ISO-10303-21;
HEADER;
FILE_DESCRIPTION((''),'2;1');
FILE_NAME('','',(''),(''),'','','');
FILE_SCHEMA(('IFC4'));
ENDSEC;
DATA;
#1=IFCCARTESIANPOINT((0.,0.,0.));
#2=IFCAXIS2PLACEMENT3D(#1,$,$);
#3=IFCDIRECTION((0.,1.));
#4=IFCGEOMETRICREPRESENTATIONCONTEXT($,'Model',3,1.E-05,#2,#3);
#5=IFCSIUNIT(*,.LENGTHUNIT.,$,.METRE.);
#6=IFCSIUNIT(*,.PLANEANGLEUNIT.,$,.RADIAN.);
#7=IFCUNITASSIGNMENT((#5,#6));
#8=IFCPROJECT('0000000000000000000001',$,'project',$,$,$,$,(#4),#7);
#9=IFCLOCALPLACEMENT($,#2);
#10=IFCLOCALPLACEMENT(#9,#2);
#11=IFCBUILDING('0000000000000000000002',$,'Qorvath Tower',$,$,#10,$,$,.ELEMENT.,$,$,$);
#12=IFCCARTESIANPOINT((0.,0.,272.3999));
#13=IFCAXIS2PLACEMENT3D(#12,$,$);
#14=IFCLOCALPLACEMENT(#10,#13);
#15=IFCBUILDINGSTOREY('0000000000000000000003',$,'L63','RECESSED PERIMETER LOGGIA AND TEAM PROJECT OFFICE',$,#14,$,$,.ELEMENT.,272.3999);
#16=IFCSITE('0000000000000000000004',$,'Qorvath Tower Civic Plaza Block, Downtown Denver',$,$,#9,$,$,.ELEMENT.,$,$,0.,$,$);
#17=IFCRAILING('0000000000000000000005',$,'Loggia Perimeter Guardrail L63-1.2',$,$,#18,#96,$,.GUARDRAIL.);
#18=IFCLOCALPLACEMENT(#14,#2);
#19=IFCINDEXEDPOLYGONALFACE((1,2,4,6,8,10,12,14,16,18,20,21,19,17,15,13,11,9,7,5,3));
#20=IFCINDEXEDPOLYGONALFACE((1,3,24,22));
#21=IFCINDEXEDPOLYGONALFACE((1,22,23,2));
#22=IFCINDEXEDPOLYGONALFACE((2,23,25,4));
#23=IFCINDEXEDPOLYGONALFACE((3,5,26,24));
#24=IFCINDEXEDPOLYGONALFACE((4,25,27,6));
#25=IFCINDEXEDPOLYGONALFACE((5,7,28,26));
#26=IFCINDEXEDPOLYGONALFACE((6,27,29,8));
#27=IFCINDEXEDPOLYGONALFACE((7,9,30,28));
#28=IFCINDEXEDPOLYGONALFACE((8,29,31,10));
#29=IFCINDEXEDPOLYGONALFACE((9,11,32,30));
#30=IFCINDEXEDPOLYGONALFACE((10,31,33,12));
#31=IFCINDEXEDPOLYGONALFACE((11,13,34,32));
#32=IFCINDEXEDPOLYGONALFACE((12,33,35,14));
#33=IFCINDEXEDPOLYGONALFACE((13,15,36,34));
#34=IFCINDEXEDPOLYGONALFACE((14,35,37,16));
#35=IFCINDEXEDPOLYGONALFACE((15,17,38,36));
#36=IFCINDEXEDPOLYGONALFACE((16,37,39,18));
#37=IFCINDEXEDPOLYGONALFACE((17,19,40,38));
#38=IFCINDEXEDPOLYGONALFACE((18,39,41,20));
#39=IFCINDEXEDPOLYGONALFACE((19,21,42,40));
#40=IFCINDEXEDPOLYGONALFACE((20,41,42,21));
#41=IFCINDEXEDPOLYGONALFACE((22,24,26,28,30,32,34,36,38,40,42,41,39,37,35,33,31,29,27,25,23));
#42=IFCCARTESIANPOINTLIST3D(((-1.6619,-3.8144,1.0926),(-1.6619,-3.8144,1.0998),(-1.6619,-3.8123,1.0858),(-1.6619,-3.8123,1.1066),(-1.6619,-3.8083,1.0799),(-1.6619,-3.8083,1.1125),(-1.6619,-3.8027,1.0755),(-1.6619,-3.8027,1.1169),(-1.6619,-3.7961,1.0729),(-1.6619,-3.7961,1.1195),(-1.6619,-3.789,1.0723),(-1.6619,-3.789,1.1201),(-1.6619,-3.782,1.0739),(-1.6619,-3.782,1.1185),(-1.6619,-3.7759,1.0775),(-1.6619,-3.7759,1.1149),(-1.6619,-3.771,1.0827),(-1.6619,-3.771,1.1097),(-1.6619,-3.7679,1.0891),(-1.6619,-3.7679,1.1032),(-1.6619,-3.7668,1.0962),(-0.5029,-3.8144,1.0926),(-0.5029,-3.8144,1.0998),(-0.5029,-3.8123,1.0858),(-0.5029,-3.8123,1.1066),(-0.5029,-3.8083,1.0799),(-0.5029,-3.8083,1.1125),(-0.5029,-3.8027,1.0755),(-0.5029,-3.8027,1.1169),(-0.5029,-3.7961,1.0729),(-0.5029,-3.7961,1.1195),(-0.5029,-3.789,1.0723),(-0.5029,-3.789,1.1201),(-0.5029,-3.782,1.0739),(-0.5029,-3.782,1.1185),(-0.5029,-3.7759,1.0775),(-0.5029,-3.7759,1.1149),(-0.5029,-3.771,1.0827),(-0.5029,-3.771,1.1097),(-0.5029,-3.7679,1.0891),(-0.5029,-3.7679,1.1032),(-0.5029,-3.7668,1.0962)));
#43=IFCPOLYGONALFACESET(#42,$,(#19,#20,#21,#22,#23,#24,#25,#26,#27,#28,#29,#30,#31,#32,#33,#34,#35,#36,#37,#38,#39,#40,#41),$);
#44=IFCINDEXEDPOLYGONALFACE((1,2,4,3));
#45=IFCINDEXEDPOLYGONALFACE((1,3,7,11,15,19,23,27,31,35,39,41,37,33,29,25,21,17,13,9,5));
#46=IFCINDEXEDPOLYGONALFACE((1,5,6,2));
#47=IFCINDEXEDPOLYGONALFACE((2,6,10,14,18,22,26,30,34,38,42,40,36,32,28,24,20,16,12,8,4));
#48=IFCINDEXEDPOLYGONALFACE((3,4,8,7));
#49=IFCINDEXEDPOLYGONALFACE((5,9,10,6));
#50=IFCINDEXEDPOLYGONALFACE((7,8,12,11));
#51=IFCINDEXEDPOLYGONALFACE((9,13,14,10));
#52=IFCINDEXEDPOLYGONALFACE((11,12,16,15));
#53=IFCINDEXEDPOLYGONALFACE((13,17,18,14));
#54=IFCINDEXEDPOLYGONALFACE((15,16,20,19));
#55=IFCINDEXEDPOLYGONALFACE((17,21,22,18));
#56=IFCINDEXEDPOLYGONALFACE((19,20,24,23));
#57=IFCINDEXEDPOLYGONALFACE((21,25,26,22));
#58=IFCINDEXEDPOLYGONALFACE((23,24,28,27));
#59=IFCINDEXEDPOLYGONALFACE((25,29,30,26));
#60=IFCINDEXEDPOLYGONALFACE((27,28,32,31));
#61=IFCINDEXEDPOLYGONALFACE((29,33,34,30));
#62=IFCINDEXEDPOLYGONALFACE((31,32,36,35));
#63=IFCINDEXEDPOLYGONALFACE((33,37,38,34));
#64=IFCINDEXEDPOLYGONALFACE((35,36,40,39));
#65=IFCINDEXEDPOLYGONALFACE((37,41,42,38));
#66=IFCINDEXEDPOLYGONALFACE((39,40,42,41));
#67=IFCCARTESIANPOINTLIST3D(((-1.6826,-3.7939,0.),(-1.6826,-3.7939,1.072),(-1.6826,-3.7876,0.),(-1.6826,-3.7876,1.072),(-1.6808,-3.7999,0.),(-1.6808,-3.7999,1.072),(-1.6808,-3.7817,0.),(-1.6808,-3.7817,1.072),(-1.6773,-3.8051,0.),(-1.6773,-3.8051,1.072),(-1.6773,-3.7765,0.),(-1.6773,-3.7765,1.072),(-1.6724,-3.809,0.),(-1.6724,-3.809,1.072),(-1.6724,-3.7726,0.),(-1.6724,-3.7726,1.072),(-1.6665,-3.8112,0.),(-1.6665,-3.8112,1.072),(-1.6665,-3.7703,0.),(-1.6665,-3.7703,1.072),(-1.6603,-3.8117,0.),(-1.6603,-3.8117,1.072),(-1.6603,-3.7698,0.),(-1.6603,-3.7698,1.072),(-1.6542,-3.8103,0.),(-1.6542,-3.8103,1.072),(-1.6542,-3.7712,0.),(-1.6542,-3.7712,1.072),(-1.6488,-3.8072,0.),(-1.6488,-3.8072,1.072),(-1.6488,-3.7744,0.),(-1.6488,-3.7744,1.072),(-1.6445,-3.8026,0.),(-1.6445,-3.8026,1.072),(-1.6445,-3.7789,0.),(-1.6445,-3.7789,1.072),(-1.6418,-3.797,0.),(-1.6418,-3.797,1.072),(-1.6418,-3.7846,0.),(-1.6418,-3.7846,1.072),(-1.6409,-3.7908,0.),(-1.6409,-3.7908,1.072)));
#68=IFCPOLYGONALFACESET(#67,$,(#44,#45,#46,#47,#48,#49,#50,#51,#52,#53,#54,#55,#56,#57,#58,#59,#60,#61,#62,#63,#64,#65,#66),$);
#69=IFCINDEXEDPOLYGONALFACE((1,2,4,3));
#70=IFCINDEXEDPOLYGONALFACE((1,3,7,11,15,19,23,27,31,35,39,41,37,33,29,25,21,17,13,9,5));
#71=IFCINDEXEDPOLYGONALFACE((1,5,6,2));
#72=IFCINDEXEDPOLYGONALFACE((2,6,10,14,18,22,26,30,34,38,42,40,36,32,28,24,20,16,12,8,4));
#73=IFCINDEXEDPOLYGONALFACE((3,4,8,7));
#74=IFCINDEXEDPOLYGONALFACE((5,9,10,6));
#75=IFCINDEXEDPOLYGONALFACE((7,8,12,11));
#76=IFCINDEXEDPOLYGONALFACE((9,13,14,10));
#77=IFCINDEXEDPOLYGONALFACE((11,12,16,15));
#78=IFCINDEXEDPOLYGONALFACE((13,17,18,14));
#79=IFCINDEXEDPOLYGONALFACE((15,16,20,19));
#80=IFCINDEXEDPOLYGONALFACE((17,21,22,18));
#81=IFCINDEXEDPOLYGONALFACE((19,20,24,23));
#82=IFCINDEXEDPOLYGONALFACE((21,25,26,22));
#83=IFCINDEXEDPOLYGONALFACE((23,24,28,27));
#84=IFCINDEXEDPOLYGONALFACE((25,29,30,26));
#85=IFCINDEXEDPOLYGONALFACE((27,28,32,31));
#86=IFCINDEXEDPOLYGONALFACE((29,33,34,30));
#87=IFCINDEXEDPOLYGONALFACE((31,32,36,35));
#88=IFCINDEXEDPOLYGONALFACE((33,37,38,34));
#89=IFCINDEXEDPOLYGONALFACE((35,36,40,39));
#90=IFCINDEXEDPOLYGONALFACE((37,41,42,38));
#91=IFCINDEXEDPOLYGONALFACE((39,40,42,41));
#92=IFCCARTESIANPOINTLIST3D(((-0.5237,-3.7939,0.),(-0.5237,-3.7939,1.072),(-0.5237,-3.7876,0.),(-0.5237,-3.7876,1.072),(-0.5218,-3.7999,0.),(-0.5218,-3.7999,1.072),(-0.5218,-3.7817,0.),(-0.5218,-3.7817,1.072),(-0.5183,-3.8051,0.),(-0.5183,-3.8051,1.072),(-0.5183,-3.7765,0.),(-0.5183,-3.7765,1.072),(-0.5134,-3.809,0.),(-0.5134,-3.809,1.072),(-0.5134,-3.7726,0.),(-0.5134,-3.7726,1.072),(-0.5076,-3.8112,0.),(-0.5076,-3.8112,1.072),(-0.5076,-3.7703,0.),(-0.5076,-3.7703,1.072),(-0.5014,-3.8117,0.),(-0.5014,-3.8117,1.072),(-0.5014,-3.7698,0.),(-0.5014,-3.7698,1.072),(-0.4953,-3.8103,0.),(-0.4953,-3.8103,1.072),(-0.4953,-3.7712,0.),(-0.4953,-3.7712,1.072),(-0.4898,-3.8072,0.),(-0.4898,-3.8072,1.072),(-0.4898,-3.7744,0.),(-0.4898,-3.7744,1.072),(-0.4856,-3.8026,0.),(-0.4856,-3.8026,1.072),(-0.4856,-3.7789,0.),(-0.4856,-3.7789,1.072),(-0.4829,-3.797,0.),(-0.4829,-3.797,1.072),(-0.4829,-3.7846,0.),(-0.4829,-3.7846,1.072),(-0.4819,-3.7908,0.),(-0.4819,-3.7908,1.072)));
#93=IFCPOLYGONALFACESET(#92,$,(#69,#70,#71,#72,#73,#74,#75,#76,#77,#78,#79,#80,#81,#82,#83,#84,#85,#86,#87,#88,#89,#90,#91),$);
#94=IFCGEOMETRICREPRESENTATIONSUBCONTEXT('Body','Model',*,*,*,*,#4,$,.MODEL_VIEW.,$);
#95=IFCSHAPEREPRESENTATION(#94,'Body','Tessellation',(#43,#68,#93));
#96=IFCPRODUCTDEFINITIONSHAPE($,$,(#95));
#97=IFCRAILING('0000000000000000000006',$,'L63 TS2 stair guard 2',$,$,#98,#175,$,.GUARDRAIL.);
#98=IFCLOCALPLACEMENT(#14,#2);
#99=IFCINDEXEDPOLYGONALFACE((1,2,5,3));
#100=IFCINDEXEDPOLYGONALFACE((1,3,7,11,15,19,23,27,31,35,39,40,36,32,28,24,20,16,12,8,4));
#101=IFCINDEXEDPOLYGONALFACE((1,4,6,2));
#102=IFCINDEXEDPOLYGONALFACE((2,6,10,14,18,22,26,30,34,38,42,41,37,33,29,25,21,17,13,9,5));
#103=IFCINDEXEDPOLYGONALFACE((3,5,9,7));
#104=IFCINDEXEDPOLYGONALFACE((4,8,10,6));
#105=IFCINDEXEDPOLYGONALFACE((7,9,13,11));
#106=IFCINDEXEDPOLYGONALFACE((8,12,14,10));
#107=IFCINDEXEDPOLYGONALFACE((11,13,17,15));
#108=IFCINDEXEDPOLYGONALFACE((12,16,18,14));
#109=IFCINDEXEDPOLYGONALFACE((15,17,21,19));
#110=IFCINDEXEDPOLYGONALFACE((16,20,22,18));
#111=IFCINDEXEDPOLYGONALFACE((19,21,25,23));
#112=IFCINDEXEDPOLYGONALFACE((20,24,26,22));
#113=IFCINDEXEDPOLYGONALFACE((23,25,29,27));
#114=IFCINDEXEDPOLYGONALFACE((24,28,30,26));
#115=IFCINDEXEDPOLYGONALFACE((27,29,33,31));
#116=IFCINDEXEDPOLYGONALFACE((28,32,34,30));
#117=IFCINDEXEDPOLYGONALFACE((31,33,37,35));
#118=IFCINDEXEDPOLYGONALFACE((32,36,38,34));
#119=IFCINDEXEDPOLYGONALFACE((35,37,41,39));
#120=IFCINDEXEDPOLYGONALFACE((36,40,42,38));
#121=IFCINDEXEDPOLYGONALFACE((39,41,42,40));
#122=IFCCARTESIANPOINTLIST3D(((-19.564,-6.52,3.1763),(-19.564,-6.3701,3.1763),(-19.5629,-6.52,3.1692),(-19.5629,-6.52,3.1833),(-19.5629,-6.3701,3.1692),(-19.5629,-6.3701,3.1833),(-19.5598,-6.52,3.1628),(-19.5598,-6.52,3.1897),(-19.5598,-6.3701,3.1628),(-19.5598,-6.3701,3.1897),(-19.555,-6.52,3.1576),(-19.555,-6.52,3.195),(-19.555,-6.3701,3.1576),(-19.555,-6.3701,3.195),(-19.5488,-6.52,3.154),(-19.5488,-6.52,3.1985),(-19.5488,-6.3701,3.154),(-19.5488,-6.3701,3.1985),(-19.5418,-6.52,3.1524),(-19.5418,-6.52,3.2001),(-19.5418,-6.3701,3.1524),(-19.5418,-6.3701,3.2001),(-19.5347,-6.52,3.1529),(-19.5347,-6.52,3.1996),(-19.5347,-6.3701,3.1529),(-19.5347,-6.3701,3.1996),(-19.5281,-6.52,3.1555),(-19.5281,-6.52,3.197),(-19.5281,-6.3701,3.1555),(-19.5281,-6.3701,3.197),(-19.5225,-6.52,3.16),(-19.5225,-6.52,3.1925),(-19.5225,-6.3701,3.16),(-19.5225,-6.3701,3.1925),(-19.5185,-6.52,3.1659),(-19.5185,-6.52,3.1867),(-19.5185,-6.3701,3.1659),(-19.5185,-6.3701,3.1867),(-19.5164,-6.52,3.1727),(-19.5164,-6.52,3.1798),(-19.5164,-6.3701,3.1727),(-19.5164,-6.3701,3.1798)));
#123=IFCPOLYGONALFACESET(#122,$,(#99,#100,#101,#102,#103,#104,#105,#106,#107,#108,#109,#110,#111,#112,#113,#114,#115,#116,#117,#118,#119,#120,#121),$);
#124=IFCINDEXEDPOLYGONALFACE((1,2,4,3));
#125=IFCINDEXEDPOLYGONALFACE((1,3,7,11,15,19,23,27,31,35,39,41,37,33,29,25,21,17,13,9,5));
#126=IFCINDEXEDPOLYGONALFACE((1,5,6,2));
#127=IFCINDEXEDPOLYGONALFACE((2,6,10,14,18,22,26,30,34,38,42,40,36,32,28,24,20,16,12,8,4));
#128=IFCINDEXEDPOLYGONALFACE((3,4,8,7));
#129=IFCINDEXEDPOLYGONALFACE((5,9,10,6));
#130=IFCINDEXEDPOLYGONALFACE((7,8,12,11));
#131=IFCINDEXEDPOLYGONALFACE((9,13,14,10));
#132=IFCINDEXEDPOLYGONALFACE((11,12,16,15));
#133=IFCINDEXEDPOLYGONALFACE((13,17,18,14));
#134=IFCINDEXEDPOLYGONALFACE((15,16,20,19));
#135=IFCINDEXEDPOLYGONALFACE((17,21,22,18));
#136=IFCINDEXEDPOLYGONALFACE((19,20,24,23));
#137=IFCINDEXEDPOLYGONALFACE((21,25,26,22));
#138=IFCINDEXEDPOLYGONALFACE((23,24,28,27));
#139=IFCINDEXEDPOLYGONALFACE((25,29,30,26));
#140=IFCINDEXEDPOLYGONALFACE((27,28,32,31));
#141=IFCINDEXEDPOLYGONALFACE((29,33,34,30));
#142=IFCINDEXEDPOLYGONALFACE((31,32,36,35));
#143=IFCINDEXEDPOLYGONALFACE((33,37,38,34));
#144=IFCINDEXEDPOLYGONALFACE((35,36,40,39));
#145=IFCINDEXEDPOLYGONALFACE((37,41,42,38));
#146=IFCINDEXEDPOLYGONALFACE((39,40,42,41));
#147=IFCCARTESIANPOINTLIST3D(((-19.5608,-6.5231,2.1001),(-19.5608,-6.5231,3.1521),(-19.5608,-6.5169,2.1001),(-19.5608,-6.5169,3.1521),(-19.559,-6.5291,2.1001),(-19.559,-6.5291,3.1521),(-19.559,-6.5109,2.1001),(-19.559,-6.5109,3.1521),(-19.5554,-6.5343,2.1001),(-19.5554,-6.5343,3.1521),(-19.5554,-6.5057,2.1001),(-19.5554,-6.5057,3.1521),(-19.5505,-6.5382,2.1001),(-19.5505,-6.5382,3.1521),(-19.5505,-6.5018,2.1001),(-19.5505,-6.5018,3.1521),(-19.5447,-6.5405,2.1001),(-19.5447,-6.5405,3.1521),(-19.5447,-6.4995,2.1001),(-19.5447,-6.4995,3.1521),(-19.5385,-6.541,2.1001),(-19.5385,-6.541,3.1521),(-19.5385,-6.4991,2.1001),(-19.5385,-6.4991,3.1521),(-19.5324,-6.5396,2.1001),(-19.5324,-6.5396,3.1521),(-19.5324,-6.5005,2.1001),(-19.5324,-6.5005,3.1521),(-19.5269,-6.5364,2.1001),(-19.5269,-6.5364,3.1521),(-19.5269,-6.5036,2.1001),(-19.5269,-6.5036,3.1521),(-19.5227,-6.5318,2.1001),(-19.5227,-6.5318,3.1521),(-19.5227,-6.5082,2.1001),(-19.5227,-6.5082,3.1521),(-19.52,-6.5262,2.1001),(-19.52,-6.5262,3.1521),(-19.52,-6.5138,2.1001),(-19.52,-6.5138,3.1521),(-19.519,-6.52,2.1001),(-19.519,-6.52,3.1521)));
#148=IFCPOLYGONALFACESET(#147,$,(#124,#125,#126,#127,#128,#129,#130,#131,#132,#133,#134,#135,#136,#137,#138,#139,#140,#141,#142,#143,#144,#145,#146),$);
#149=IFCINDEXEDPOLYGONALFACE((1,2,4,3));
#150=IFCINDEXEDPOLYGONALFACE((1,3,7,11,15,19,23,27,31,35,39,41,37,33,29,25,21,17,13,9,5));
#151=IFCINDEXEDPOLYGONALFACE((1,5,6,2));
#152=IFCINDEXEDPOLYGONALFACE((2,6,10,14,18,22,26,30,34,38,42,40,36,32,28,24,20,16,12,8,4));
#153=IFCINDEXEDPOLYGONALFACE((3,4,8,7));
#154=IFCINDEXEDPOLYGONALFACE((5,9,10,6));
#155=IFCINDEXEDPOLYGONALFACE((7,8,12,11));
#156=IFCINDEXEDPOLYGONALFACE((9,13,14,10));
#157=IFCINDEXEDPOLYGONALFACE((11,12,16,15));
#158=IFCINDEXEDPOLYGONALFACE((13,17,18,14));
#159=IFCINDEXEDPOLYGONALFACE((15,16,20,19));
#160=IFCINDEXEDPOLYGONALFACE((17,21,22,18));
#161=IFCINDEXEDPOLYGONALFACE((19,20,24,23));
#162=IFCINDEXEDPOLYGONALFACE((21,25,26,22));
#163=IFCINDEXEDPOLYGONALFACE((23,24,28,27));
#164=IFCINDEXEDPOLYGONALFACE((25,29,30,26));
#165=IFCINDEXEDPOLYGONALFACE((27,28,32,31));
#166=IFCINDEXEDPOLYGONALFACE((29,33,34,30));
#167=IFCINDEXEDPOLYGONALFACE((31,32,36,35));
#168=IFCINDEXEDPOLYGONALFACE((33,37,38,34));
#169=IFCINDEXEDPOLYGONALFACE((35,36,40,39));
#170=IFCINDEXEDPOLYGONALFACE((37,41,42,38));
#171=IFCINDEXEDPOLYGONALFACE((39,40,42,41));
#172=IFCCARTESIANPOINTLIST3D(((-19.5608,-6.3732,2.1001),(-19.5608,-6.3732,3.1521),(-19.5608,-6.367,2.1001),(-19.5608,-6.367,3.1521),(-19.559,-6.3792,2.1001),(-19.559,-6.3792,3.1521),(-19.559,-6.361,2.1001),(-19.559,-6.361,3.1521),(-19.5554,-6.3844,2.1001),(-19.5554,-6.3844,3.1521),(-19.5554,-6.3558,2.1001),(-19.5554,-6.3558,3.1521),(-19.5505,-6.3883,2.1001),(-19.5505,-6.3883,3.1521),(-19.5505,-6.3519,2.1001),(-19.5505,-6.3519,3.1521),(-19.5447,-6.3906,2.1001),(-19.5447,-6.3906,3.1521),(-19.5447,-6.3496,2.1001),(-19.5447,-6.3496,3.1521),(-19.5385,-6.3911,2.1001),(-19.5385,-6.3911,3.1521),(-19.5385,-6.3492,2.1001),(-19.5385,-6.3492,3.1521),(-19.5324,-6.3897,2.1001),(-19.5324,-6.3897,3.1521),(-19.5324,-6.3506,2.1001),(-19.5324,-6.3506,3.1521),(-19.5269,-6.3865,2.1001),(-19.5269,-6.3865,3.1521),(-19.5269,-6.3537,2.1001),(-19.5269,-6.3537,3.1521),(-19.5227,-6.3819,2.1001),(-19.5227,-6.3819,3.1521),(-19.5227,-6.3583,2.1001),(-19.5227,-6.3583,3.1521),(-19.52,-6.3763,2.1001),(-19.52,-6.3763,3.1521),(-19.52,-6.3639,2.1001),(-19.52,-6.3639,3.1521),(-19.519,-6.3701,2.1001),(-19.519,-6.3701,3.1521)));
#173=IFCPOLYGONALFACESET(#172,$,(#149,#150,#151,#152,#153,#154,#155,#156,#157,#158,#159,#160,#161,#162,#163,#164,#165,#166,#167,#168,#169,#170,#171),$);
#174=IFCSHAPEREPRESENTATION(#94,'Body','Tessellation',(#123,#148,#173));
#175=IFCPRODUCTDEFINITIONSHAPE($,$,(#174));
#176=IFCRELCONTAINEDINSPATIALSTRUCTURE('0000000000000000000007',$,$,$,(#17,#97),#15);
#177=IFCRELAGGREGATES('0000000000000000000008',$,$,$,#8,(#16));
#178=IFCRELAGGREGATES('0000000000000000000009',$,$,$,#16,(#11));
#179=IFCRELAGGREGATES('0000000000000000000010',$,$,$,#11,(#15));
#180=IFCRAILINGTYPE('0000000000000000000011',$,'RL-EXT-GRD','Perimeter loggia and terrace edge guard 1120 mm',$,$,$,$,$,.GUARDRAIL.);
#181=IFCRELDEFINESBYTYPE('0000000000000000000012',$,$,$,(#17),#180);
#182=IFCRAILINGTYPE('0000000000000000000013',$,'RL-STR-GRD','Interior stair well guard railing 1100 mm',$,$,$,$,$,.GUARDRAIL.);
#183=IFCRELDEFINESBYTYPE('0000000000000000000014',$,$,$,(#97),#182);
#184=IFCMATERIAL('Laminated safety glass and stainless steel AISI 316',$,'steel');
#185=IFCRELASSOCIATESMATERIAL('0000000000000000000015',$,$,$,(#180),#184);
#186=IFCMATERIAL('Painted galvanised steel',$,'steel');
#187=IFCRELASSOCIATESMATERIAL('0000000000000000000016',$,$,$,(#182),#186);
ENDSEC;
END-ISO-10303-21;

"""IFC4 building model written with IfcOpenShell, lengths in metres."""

from ifc_helpers import new_model, si_unit, direction, frame, origin, origin_2d, place, context, subcontext, project, spatial, circle, extrude, material, type_object, element, save


model = new_model("IFC4")

# Units and contexts
model_context = context("Model", 3, precision=1e-05, world=origin(), true_north=direction((0.0, 1.0)))
body_context = subcontext(model_context, "Body", "Model", "MODEL_VIEW")
ifc_project = project(units=[si_unit("LENGTHUNIT", "METRE"), si_unit("PLANEANGLEUNIT", "RADIAN")], contexts=[model_context])

# Site, building, storey
site_placement = place(None, origin())
site = spatial("IfcSite", under=ifc_project, at=site_placement, Name="Qorvath Tower Civic Plaza Block, Downtown Denver", CompositionType="ELEMENT", RefElevation=0.0)
building_placement = place(site_placement, origin())
building = spatial("IfcBuilding", under=site, at=building_placement, Name="Qorvath Tower", CompositionType="ELEMENT")
storey_placement = place(building_placement, frame((0.0, 0.0, 272.3999)))
storey = spatial("IfcBuildingStorey", under=building, at=storey_placement, Name="L63", Description="RECESSED PERIMETER LOGGIA AND TEAM PROJECT OFFICE", CompositionType="ELEMENT", Elevation=272.3999)

# Railings
ifc_material_1 = material(Name="Laminated safety glass and stainless steel AISI 316", Category="steel")
railing_type_1 = type_object("IfcRailingType", Name="RL-EXT-GRD", Description="Perimeter loggia and terrace edge guard 1120 mm", PredefinedType="GUARDRAIL", material=ifc_material_1)
railing_1_placement = place(storey_placement, frame((-1.6619, -3.7908, 0.0)))
element("IfcRailing", 1, at=railing_1_placement, inside=storey, type_object=railing_type_1, Name="Loggia Perimeter Guardrail L63-1.2", PredefinedType="GUARDRAIL", context=body_context, shape_type="SweptSolid", body=[
    extrude(circle(Radius=0.0239, at=origin_2d()), frame((0.0, 0.0, 1.0962), z_axis=(1.0, 0.0, 0.0), x_axis=(0.0, 1.0, 0.0)), (0.0, 0.0, 1.0), 1.1589),
    extrude(circle(Radius=0.021, at=origin_2d()), origin(), (0.0, 0.0, 1.0), 1.072),
    extrude(circle(Radius=0.021, at=origin_2d()), frame((1.1589, 0.0, 0.0)), (0.0, 0.0, 1.0), 1.072),
])
ifc_material_2 = material(Name="Painted galvanised steel", Category="steel")
railing_type_2 = type_object("IfcRailingType", Name="RL-STR-GRD", Description="Interior stair well guard railing 1100 mm", PredefinedType="GUARDRAIL", material=ifc_material_2)
railing_2_placement = place(storey_placement, frame((-19.54, -6.52, 2.1001)))
element("IfcRailing", 2, at=railing_2_placement, inside=storey, type_object=railing_type_2, Name="L63 TS2 stair guard 2", PredefinedType="GUARDRAIL", context=body_context, shape_type="SweptSolid", body=[
    extrude(circle(Radius=0.0239, at=origin_2d()), frame((0.0, 0.0, 1.0762), z_axis=(0.0, 1.0, 0.0), x_axis=(-1.0, 0.0, 0.0)), (0.0, 0.0, 1.0), 0.1499),
    extrude(circle(Radius=0.021, at=origin_2d()), origin(), (0.0, 0.0, 1.0), 1.052),
    extrude(circle(Radius=0.021, at=origin_2d()), frame((0.0, 0.1499, 0.0)), (0.0, 0.0, 1.0), 1.052),
])

save(model, "model.ifc")
